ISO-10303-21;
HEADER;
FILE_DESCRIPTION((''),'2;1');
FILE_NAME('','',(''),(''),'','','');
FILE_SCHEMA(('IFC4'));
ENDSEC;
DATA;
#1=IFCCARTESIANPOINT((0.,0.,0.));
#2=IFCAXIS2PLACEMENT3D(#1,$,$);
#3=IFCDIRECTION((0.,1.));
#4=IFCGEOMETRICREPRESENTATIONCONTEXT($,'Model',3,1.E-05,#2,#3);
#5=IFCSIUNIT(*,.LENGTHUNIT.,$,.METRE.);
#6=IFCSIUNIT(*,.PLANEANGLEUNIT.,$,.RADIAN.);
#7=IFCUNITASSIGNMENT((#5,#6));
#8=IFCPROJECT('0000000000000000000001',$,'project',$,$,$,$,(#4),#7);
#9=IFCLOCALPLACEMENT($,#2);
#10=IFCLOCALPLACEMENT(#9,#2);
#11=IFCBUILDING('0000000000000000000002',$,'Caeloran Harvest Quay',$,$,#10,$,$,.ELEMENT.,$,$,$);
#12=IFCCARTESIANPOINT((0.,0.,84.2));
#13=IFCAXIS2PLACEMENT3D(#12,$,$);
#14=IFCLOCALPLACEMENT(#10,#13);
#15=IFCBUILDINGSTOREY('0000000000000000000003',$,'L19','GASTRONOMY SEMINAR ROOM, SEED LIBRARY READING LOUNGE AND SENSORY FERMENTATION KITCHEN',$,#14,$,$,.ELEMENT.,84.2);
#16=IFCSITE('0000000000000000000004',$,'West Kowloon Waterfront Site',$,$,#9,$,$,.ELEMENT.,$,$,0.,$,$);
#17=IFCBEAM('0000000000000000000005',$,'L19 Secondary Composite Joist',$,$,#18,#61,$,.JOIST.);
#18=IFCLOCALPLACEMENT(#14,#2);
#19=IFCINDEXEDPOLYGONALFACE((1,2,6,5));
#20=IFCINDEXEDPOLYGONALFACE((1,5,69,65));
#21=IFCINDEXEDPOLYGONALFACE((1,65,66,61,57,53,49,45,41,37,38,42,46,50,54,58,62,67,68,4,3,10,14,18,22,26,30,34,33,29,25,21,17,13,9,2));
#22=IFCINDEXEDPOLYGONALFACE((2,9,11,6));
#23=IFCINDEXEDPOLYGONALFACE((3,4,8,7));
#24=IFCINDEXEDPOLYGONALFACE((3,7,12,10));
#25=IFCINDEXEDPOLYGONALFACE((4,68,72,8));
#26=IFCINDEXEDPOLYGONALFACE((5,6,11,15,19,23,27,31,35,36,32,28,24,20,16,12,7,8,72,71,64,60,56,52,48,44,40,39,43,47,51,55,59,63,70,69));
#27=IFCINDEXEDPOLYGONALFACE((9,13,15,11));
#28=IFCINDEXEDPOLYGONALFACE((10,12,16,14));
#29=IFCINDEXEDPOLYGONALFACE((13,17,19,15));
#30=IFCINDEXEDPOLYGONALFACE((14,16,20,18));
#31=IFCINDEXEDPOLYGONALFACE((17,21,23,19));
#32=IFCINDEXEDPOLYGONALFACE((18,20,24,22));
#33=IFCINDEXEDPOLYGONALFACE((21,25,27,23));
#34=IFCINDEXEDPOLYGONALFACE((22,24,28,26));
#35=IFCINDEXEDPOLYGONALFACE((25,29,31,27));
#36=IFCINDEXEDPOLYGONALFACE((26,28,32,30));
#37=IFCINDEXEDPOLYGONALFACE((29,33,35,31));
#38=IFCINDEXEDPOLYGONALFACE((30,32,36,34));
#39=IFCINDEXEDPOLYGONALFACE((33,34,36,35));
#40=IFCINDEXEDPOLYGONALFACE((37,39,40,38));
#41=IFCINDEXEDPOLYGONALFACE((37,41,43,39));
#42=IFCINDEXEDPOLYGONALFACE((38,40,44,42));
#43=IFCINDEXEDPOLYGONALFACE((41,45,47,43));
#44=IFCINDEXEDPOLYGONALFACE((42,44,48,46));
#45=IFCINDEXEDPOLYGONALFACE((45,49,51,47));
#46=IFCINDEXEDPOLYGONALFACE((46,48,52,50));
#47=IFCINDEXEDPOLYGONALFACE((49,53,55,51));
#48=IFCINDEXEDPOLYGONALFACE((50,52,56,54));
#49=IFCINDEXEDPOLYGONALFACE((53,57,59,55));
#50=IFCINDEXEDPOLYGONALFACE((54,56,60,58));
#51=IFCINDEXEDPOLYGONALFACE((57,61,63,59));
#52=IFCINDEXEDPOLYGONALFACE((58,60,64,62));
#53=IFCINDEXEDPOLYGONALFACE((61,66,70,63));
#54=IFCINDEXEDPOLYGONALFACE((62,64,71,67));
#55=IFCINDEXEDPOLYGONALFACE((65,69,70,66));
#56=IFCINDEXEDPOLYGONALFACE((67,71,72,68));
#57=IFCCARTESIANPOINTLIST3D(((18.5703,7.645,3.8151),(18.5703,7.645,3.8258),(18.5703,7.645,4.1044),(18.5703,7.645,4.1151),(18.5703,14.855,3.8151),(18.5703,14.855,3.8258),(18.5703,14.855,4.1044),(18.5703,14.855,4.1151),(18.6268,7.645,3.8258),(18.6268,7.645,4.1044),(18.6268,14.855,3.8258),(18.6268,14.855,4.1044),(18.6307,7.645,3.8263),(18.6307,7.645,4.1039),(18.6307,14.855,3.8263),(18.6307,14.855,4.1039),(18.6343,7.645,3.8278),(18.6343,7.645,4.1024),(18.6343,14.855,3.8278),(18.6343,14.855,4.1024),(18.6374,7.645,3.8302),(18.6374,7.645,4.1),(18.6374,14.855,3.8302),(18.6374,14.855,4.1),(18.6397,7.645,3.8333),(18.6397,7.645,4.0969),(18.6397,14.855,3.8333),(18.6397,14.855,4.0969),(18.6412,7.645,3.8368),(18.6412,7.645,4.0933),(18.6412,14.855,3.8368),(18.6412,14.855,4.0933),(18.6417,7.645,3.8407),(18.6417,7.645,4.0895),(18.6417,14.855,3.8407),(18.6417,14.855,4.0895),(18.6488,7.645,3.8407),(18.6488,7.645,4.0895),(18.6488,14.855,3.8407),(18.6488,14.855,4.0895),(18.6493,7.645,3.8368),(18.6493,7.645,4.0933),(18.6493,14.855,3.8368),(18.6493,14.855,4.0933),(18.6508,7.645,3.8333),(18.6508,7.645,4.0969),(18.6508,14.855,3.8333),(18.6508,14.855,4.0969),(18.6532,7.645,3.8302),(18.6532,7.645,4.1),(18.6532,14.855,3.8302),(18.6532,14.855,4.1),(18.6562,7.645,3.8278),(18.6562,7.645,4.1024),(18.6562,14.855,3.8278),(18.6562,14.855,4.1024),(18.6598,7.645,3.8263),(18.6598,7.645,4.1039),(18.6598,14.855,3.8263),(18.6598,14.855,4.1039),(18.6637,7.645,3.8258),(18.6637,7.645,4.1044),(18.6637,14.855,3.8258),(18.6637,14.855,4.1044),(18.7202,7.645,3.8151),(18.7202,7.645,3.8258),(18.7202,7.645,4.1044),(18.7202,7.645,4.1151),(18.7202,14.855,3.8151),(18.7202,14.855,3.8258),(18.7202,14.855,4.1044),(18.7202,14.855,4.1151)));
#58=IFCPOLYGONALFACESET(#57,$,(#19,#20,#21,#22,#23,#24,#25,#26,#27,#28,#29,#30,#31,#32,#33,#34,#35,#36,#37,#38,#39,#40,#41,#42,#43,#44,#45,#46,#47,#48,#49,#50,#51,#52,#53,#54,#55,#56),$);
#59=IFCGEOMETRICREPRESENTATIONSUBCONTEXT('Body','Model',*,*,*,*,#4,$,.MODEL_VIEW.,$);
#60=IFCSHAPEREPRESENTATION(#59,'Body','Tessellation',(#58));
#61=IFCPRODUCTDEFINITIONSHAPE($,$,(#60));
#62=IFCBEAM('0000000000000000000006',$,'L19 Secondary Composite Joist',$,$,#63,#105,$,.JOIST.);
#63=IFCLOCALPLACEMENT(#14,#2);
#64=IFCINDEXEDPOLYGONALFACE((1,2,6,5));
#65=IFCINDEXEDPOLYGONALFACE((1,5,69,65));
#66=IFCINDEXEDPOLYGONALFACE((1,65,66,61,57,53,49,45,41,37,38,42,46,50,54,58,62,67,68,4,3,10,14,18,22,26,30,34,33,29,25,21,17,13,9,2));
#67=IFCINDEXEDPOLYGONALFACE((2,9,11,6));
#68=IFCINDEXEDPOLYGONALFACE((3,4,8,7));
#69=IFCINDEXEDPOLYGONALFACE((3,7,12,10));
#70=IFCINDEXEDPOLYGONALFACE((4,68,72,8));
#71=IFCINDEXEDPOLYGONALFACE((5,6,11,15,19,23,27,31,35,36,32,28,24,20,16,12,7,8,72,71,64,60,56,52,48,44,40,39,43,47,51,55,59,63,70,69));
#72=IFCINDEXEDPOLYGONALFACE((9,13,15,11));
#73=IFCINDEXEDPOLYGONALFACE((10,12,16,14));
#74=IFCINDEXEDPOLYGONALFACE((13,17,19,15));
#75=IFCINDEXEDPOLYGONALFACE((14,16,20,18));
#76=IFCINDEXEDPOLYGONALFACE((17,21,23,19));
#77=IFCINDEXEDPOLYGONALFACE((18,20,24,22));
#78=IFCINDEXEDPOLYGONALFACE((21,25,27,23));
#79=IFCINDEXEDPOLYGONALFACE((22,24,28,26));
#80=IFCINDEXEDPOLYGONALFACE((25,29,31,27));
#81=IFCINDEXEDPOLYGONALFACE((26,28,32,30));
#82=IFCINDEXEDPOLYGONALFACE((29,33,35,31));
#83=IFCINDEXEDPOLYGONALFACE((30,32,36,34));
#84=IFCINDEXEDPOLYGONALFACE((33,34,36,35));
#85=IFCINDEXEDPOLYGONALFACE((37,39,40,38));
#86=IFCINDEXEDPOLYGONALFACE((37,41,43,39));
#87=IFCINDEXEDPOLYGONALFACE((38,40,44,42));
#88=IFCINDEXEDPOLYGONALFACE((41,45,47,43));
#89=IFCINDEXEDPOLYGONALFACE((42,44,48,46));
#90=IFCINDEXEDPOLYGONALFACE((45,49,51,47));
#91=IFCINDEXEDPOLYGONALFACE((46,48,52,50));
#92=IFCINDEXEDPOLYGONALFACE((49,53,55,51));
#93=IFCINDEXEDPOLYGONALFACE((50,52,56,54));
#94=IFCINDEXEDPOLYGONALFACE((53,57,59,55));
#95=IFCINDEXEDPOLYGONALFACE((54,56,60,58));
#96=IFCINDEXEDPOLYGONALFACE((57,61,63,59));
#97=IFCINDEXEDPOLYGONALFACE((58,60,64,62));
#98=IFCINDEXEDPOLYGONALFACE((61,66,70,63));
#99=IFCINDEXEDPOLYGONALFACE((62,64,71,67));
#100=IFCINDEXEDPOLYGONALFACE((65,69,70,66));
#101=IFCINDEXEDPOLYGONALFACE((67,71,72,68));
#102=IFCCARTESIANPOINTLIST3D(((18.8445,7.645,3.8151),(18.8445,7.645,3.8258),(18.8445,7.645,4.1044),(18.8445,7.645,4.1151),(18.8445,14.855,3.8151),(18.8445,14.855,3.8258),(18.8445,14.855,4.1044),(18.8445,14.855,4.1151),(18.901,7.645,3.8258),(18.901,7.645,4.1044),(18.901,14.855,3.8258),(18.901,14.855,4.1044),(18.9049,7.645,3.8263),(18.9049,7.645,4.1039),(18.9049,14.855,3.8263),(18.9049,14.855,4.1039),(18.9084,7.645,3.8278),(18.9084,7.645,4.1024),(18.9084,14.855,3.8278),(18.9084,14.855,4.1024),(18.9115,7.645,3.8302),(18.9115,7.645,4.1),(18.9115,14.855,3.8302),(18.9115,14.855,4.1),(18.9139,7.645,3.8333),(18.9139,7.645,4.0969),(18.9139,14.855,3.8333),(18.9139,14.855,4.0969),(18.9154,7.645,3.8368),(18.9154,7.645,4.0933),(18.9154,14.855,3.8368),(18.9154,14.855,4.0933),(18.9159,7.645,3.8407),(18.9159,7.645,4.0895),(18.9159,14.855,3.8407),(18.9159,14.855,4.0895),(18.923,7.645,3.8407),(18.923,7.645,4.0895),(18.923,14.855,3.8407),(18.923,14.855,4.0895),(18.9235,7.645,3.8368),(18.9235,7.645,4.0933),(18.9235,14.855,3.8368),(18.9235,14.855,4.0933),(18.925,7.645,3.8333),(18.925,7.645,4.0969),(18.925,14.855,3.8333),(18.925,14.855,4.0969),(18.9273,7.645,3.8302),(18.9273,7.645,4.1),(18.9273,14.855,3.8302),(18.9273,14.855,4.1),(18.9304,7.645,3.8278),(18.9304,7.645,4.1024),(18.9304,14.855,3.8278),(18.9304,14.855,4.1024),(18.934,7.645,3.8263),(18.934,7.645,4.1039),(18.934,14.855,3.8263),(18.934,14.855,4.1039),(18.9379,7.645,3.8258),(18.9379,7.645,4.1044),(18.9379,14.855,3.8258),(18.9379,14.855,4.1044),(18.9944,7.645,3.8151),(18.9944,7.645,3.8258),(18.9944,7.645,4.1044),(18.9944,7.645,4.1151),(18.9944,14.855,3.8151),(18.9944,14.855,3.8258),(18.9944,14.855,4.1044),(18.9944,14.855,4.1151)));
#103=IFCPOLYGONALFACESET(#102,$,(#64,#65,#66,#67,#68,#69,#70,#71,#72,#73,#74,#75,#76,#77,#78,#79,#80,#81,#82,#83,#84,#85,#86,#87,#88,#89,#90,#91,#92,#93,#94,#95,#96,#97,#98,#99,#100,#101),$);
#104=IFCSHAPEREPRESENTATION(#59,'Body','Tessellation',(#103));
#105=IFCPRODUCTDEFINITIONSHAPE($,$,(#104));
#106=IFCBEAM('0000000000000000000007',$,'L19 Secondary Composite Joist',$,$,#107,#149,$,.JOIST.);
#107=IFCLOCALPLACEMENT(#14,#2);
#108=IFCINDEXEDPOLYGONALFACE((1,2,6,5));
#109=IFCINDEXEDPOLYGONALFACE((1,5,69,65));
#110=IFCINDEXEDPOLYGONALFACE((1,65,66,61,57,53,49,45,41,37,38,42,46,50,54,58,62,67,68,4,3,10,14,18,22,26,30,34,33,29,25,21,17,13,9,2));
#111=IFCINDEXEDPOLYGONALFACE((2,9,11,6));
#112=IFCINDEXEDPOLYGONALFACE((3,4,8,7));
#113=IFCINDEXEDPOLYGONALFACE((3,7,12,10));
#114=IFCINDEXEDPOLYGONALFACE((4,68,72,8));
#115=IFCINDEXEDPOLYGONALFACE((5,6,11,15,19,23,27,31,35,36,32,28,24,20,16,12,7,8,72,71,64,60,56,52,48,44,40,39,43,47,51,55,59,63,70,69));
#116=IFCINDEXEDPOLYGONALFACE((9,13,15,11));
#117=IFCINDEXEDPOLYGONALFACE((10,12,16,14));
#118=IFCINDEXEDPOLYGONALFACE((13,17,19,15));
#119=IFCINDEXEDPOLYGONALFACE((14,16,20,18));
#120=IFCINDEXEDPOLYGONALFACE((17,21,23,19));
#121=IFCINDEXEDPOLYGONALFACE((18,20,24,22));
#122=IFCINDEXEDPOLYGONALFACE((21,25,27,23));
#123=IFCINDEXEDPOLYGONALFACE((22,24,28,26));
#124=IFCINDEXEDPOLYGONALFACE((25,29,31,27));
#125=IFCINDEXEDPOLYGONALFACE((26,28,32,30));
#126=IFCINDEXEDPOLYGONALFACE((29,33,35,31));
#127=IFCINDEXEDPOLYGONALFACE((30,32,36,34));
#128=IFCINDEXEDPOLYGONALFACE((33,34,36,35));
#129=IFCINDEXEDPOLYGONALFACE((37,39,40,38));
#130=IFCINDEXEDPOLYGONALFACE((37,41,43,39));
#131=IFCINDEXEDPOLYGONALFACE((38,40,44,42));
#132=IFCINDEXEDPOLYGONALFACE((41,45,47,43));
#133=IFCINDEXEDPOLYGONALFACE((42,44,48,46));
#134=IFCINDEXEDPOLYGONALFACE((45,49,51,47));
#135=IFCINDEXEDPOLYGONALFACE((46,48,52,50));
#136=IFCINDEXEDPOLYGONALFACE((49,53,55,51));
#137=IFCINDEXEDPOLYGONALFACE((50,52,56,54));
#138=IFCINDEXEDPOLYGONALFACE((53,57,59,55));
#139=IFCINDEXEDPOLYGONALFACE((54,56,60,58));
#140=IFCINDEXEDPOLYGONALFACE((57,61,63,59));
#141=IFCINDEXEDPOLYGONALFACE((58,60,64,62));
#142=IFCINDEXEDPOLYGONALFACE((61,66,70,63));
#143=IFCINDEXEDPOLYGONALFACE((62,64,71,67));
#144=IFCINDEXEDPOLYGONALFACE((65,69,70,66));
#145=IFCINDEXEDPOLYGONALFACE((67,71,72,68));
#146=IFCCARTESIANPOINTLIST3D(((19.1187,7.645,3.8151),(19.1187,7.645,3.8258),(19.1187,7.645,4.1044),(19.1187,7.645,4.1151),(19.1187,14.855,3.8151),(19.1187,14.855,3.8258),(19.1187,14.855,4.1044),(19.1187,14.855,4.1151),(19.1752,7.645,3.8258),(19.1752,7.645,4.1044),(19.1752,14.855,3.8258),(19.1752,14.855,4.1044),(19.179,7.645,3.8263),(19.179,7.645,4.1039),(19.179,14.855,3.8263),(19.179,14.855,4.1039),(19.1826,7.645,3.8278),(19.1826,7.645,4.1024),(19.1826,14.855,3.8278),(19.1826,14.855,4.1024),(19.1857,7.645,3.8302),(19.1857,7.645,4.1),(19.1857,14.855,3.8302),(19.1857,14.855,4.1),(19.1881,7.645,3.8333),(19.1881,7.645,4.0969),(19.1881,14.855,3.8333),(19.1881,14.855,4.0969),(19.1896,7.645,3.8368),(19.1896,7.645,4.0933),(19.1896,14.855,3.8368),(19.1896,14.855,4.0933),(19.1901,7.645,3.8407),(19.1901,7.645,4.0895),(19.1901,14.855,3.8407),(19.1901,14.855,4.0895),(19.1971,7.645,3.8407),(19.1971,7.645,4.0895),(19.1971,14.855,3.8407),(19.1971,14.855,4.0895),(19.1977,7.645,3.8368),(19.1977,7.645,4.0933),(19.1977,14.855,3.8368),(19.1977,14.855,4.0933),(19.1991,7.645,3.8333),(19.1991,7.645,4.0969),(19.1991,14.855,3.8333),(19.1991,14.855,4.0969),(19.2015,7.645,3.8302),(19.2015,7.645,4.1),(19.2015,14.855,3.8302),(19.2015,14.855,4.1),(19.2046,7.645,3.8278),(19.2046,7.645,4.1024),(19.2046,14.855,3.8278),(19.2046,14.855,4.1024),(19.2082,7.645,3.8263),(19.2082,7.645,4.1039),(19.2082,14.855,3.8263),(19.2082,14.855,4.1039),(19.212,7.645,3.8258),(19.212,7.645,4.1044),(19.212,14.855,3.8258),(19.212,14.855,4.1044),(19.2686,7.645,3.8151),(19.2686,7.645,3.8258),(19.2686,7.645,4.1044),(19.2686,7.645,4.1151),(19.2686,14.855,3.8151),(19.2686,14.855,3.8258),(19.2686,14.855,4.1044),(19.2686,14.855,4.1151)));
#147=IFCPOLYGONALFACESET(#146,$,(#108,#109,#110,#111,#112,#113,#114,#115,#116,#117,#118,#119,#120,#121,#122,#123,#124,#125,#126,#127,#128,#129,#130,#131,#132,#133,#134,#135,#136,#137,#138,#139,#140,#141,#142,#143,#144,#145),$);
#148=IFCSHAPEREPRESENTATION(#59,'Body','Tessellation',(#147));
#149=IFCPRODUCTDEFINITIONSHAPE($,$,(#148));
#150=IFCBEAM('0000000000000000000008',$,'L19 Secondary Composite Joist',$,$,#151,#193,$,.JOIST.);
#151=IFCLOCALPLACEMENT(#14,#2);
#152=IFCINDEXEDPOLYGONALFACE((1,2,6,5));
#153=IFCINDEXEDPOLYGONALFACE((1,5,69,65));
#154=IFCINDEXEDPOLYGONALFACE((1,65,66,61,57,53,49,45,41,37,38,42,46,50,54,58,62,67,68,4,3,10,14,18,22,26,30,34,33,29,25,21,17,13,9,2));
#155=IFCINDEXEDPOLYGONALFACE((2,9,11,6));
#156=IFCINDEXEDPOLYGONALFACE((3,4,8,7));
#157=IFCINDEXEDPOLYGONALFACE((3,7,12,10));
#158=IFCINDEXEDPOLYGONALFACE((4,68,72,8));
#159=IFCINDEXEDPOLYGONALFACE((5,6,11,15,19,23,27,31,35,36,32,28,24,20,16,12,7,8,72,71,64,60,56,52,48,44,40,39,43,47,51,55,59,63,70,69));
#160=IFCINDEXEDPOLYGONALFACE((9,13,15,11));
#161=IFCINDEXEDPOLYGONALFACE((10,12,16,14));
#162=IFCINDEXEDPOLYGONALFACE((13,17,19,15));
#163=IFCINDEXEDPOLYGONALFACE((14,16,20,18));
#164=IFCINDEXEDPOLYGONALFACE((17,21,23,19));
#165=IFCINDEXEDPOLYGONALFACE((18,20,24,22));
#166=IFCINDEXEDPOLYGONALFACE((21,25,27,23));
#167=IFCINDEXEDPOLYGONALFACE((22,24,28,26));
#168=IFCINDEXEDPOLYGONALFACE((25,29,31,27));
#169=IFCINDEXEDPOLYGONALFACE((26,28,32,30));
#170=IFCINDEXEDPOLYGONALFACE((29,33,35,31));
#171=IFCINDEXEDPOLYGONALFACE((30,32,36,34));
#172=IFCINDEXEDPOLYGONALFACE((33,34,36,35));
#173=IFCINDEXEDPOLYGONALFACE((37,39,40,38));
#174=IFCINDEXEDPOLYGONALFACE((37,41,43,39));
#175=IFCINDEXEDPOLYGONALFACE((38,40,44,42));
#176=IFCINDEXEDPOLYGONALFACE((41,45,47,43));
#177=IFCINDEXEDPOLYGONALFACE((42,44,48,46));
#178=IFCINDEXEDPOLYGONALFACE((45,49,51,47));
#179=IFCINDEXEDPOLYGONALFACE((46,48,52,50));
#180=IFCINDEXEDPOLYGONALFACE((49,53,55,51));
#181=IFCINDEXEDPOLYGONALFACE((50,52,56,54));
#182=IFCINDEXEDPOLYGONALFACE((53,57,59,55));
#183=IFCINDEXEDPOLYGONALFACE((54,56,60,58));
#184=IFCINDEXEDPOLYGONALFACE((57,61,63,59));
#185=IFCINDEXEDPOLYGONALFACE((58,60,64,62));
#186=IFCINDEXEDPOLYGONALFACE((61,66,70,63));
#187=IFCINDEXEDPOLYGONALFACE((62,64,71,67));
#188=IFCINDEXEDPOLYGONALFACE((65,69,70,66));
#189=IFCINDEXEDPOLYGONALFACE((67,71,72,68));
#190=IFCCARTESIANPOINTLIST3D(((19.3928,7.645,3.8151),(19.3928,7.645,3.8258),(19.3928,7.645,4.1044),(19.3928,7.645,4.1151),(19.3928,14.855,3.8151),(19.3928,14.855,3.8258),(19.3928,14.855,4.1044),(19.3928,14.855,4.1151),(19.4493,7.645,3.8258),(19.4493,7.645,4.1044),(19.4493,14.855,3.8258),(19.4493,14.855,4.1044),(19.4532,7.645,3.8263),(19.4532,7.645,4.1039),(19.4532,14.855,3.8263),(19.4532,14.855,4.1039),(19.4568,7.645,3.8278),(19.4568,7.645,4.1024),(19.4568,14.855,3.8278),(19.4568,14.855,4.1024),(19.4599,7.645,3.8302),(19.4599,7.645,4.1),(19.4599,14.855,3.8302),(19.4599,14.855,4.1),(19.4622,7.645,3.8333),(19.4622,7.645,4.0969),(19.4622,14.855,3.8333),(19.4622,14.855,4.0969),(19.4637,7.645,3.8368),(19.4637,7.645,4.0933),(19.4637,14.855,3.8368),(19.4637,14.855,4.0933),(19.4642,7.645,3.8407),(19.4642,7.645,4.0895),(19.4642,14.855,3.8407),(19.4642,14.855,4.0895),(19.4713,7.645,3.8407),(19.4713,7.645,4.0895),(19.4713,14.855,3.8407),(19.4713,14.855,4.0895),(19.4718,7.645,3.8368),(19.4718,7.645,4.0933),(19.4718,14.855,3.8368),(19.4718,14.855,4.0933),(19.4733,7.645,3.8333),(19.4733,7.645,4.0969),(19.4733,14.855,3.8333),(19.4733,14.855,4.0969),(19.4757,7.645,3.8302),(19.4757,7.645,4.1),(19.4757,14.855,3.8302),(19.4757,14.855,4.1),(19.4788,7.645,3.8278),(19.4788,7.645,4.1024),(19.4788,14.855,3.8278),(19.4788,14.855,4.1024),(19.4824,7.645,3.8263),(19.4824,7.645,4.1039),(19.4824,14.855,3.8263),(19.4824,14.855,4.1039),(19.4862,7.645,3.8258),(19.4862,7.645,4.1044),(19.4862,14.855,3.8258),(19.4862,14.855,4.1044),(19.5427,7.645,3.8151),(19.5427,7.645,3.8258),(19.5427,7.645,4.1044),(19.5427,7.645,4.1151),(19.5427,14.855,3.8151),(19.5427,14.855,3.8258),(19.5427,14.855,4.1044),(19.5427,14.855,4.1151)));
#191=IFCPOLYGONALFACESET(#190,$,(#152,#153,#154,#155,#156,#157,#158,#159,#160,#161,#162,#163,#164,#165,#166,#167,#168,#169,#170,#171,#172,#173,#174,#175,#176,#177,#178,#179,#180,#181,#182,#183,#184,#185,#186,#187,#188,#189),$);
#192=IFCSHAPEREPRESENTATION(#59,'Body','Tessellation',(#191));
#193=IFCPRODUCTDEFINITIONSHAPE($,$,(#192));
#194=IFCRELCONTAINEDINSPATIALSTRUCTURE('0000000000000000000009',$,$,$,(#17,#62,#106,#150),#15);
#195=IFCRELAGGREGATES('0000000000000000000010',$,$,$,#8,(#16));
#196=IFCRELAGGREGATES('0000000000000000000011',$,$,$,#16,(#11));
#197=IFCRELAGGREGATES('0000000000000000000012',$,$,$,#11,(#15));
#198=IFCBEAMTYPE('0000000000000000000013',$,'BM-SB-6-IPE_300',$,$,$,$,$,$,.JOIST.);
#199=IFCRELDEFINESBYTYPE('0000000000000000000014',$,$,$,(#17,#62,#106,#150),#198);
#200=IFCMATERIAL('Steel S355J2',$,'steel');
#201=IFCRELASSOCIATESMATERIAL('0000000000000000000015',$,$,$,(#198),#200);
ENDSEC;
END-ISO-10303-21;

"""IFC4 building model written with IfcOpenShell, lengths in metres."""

from ifc_helpers import new_model, si_unit, direction, frame, origin, origin_2d, place, context, subcontext, project, spatial, i_section, extrude, material, material_profile, profile_set, type_object, element, save


model = new_model("IFC4")

# Units and contexts
model_context = context("Model", 3, precision=1e-05, world=origin(), true_north=direction((0.0, 1.0)))
body_context = subcontext(model_context, "Body", "Model", "MODEL_VIEW")
ifc_project = project(units=[si_unit("LENGTHUNIT", "METRE"), si_unit("PLANEANGLEUNIT", "RADIAN")], contexts=[model_context])

# Site, building, storey
site_placement = place(None, origin())
site = spatial("IfcSite", under=ifc_project, at=site_placement, Name="West Kowloon Waterfront Site", CompositionType="ELEMENT", RefElevation=0.0)
building_placement = place(site_placement, origin())
building = spatial("IfcBuilding", under=site, at=building_placement, Name="Caeloran Harvest Quay", CompositionType="ELEMENT")
storey_placement = place(building_placement, frame((0.0, 0.0, 84.2)))
storey = spatial("IfcBuildingStorey", under=building, at=storey_placement, Name="L19", Description="GASTRONOMY SEMINAR ROOM, SEED LIBRARY READING LOUNGE AND SENSORY FERMENTATION KITCHEN", CompositionType="ELEMENT", Elevation=84.2)

# Beams
ifc_material_1 = material(Name="Steel S355J2", Category="steel")
ifc_material_profile_1 = material_profile(ifc_material_1, i_section(OverallWidth=0.1499, OverallDepth=0.3, WebThickness=0.0071, FlangeThickness=0.0107, FilletRadius=0.0149, at=origin_2d()), Name="IPE 300")
ifc_profile_set_1 = profile_set([ifc_material_profile_1], Name="Steel S355J2")
beam_type_1 = type_object("IfcBeamType", Name="BM-SB-6-IPE_300", PredefinedType="JOIST", material=ifc_profile_set_1)
for number, where, z_axis, x_axis, name in (
    (1, (18.6453, 7.645, 3.9651), (0.0, 1.0, 0.0), (-1.0, 0.0, 0.0), "L19 Secondary Composite Joist"),
    (2, (18.9194, 7.645, 3.9651), (0.0, 1.0, 0.0), (-1.0, 0.0, 0.0), "L19 Secondary Composite Joist"),
    (3, (19.1936, 7.645, 3.9651), (0.0, 1.0, 0.0), (-1.0, 0.0, 0.0), "L19 Secondary Composite Joist"),
    (4, (19.4678, 7.645, 3.9651), (0.0, 1.0, 0.0), (-1.0, 0.0, 0.0), "L19 Secondary Composite Joist"),
):
    element("IfcBeam", number, at=place(storey_placement, frame(where, z_axis=z_axis, x_axis=x_axis)), inside=storey, type_object=beam_type_1, Name=name, PredefinedType="JOIST", context=body_context, shape_type="SweptSolid", body=[
        extrude(i_section(OverallWidth=0.1499, OverallDepth=0.3, WebThickness=0.0071, FlangeThickness=0.0107, FilletRadius=0.0149, at=origin_2d()), origin(), (0.0, 0.0, 1.0), 7.21),
    ])

save(model, "model.ifc")
